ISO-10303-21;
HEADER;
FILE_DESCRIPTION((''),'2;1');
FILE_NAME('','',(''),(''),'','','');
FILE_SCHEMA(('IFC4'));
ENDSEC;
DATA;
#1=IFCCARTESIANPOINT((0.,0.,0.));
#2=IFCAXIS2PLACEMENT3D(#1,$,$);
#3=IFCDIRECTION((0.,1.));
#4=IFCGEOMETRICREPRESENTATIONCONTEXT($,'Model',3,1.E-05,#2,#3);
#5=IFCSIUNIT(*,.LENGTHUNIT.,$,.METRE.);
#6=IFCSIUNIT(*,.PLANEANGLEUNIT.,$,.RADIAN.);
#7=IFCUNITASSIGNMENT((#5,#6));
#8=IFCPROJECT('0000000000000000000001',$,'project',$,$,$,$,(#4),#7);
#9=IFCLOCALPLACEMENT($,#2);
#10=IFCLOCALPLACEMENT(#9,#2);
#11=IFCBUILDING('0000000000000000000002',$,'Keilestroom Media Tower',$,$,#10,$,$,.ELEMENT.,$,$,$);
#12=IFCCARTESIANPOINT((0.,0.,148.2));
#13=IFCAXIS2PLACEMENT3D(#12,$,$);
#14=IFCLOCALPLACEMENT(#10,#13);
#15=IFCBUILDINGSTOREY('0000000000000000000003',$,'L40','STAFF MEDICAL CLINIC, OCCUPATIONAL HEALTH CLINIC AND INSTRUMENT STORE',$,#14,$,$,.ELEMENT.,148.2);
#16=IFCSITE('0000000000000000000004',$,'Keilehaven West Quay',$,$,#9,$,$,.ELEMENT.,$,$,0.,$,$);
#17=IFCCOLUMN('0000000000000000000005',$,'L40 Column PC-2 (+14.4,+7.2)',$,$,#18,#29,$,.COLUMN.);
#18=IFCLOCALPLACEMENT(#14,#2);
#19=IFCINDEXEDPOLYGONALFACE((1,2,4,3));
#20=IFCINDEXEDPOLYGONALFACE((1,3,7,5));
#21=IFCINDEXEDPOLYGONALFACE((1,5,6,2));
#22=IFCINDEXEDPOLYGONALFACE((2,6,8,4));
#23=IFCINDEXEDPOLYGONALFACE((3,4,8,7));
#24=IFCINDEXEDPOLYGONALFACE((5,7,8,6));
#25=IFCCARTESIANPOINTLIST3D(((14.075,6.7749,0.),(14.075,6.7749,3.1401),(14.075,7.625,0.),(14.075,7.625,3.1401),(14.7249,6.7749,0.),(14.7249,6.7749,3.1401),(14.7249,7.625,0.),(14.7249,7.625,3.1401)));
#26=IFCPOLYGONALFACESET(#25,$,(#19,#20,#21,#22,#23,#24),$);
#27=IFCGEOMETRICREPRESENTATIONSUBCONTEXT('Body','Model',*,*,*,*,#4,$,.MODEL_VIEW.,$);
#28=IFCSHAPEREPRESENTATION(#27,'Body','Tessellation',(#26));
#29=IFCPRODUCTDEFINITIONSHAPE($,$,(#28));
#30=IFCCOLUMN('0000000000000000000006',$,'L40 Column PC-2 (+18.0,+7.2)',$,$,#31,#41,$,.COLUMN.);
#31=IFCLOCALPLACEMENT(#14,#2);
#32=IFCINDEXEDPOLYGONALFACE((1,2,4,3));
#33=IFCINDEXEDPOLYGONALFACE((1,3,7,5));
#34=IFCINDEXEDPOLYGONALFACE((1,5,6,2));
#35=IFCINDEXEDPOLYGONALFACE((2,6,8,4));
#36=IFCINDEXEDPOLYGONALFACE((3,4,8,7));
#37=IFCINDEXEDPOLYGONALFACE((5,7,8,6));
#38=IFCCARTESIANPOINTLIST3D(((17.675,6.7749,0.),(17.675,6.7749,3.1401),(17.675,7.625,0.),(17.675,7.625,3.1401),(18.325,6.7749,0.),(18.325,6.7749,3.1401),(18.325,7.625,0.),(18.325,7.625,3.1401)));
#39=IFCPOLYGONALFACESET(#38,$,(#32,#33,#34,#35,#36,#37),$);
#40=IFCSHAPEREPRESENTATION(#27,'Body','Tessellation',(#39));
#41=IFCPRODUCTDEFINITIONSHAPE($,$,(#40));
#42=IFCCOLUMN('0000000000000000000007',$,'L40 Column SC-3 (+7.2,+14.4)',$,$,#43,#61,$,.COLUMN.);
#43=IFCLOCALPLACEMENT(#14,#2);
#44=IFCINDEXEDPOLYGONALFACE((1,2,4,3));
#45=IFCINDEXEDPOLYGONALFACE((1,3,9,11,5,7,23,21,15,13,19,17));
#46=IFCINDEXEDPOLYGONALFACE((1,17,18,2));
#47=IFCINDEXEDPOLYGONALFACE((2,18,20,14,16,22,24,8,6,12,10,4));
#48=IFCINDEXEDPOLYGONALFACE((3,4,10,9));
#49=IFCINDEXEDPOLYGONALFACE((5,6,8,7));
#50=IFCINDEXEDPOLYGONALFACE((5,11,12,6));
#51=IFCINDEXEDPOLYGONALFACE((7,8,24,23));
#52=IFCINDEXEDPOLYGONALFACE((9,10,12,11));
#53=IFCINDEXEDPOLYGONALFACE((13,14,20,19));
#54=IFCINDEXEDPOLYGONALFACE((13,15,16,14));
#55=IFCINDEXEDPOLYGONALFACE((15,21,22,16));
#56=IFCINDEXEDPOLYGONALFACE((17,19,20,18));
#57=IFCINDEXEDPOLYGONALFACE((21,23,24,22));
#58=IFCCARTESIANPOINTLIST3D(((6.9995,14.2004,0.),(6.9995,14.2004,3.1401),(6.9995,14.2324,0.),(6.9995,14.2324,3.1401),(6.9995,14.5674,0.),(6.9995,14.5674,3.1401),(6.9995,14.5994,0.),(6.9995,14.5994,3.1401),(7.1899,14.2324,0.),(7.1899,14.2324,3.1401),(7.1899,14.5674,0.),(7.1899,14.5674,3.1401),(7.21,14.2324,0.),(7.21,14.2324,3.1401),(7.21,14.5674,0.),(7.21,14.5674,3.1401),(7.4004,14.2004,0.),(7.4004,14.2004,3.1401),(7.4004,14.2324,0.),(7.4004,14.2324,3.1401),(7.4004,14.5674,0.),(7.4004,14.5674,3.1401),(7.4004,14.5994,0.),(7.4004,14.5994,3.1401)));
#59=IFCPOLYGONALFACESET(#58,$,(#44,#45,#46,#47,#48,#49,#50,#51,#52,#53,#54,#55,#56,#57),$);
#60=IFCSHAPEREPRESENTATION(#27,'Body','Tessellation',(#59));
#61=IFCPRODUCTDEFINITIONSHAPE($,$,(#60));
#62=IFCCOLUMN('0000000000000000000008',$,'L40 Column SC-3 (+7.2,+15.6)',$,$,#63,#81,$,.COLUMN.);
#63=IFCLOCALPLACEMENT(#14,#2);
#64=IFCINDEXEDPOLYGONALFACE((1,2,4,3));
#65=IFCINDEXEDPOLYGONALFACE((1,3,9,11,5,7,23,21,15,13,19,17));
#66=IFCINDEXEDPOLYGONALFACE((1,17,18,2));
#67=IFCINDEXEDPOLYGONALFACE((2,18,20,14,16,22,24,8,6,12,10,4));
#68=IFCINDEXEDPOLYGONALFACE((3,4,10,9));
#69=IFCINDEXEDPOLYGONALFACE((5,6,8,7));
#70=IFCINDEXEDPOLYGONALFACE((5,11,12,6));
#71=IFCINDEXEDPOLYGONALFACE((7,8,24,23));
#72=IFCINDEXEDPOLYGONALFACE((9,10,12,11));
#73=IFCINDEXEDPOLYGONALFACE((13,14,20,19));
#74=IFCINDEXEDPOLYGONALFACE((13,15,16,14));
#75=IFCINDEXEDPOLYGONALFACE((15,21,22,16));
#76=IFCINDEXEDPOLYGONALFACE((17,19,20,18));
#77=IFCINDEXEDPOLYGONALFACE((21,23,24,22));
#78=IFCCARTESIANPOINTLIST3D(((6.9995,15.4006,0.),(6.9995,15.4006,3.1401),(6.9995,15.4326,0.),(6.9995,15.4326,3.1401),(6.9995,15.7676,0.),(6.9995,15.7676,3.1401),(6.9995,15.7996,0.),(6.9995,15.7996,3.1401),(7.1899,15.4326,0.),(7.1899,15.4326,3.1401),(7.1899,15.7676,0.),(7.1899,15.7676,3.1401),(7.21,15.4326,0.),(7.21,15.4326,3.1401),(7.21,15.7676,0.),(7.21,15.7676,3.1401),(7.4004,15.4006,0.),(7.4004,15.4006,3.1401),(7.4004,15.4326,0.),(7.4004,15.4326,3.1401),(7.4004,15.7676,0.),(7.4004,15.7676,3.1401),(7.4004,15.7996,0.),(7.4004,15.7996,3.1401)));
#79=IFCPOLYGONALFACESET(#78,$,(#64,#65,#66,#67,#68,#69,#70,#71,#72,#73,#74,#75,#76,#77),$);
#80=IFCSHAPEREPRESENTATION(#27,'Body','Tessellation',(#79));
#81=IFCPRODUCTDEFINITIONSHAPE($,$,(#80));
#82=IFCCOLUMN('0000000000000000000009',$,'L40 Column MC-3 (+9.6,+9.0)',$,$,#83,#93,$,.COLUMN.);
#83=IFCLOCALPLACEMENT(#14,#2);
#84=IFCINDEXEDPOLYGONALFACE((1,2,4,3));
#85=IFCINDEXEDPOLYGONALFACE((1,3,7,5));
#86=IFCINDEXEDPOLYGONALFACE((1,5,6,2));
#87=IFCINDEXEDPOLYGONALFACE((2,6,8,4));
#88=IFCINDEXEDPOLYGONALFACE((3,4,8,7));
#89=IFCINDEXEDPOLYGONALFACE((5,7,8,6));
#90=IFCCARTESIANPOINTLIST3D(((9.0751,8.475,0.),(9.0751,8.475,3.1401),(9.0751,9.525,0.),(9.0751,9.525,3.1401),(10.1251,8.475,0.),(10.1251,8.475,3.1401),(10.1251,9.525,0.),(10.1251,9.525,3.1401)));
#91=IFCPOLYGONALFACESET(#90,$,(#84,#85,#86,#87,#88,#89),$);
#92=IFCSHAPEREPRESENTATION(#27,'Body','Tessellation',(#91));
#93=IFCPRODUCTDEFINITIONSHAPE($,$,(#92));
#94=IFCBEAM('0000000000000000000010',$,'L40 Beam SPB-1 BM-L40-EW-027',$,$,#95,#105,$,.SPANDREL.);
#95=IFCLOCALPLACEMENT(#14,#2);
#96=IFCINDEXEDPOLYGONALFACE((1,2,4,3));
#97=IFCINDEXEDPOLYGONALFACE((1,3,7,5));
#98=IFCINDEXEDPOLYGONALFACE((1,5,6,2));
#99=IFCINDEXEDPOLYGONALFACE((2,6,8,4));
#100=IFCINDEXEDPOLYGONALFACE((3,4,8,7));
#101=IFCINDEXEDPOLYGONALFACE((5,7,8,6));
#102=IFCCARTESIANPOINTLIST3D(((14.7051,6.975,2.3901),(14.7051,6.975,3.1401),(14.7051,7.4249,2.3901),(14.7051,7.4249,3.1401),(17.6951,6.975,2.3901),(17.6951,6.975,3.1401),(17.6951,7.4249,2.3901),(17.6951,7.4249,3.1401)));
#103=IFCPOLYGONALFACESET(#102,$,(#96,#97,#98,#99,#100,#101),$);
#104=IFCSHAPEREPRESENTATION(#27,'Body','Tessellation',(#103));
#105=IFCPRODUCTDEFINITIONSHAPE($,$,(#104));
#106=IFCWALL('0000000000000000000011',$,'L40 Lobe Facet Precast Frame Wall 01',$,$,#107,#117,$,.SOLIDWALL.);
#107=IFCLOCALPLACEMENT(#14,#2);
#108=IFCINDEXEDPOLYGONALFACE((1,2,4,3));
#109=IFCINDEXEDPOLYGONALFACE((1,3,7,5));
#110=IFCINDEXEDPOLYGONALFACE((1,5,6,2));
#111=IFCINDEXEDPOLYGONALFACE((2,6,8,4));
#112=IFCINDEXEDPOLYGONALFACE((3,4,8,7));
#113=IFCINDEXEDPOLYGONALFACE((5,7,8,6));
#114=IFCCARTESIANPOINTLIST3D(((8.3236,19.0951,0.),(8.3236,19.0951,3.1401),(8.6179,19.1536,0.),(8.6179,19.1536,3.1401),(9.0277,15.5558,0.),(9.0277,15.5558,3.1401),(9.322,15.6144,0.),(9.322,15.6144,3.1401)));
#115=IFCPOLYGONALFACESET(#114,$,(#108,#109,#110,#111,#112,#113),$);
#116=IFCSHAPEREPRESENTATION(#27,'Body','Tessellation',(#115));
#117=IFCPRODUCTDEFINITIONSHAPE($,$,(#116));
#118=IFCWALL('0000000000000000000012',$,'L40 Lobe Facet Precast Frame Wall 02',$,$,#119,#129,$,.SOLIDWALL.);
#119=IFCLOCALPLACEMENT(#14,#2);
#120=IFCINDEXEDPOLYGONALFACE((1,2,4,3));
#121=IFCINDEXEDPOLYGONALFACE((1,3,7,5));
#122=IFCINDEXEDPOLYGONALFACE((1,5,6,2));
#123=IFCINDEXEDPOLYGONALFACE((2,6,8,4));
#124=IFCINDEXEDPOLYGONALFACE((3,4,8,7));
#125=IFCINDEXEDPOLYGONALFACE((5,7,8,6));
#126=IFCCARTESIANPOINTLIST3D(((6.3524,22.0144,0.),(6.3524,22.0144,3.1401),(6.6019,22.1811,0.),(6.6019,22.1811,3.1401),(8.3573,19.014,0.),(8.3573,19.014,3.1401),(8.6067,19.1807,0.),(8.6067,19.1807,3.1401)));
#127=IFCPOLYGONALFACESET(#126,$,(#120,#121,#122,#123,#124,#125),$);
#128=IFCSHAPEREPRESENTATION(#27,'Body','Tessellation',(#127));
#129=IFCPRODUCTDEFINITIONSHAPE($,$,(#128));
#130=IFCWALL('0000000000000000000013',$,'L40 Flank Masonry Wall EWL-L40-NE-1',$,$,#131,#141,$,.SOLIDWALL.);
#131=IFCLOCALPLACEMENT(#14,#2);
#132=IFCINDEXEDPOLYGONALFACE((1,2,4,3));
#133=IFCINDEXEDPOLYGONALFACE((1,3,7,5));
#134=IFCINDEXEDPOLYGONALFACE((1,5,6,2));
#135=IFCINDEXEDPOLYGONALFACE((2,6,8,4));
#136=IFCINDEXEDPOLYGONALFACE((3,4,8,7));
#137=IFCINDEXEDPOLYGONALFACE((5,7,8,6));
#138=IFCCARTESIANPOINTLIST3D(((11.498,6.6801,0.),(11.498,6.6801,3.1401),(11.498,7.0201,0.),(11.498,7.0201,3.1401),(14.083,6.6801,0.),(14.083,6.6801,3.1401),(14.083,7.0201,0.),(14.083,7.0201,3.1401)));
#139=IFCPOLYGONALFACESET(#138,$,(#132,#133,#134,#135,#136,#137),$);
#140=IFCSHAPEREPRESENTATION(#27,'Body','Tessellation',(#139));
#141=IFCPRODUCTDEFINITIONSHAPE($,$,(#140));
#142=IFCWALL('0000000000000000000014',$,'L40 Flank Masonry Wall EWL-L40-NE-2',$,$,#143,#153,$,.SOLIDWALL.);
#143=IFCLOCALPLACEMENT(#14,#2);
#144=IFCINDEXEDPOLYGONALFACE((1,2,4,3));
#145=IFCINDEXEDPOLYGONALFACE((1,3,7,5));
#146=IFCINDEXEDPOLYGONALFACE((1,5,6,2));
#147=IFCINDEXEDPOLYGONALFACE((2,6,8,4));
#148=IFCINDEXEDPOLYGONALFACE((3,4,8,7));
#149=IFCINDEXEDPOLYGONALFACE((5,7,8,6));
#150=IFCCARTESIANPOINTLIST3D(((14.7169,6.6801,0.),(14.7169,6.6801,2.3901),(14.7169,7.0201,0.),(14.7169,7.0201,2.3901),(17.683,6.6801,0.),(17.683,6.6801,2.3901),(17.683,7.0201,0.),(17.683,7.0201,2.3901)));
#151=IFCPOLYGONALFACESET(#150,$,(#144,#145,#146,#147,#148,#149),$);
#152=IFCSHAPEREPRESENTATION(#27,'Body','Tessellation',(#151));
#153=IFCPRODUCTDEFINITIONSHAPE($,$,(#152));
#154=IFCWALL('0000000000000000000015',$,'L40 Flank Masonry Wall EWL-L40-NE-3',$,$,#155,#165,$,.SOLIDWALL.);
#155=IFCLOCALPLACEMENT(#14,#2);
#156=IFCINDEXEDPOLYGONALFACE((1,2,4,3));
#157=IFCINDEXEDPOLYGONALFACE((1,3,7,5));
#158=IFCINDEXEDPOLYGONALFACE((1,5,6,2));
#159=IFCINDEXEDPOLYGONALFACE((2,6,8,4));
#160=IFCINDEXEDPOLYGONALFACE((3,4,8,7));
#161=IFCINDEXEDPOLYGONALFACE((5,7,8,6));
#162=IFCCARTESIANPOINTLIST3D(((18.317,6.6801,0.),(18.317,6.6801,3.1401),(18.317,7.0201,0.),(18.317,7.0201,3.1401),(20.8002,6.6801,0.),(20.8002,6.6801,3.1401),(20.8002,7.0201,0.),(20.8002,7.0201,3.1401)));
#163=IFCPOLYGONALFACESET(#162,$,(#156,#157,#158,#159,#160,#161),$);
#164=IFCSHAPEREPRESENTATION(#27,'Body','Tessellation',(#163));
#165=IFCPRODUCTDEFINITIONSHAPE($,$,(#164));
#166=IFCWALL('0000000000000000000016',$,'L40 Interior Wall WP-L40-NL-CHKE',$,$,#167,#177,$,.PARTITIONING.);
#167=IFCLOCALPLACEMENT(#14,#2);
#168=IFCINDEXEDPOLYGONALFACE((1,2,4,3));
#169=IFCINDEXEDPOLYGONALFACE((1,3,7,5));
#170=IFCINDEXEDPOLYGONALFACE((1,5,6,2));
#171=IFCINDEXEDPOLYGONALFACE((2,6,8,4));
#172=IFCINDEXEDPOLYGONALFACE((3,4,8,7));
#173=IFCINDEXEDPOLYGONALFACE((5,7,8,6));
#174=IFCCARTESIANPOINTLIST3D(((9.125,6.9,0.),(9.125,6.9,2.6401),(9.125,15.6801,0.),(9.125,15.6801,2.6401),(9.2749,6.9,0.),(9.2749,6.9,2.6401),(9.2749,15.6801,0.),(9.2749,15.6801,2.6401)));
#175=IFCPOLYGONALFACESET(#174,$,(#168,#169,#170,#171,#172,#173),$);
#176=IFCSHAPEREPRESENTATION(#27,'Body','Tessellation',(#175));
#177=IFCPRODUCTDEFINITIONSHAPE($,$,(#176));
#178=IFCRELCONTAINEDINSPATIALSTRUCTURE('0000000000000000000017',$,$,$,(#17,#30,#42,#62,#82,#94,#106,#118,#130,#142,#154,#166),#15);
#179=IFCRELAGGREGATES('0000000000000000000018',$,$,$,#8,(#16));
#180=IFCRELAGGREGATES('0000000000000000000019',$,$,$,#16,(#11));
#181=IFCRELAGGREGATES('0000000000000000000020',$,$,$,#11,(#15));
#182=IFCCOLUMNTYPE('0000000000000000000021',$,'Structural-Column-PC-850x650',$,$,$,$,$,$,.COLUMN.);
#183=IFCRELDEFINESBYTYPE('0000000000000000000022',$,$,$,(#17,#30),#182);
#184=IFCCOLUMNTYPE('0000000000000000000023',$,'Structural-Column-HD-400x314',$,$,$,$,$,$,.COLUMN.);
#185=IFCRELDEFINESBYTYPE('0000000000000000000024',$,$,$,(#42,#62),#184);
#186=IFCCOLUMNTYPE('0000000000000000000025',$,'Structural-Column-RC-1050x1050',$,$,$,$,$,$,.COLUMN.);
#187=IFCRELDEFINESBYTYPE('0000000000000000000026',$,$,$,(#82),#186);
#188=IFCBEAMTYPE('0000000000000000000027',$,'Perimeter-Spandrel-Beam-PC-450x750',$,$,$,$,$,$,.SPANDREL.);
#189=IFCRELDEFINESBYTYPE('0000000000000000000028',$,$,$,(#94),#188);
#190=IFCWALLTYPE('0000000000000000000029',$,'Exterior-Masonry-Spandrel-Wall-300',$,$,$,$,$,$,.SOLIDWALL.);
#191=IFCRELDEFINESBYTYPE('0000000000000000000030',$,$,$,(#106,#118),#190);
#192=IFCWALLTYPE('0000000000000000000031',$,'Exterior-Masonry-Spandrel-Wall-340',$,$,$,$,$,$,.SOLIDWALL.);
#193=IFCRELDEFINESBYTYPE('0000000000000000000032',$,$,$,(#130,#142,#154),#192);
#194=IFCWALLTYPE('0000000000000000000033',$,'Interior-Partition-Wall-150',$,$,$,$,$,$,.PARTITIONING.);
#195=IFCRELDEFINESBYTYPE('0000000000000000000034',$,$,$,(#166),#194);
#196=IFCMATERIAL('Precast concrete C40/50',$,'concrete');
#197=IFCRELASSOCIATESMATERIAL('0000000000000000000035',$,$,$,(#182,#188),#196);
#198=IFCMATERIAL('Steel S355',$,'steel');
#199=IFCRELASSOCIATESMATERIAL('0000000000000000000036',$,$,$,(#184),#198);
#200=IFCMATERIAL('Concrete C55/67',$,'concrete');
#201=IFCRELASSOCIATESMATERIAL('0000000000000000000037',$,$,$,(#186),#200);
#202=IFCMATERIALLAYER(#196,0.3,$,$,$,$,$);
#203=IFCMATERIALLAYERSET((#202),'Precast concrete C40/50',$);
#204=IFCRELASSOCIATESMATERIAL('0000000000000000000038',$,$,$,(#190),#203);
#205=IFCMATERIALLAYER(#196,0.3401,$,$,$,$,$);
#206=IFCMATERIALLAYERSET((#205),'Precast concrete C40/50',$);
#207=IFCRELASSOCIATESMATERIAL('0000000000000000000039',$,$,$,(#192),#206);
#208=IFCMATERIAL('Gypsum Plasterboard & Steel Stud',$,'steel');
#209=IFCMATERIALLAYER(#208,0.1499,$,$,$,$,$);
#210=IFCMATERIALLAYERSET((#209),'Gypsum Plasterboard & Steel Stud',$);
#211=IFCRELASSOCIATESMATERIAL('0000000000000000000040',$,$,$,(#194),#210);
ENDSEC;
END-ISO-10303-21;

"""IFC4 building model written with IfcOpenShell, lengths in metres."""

from ifc_helpers import new_model, si_unit, direction, frame, frame_2d, origin, origin_2d, place, context, subcontext, project, spatial, rectangle, i_section, extrude, source, transform, mapped, material, layer, layer_set, material_profile, profile_set, type_object, element, save


model = new_model("IFC4")

# Units and contexts
model_context = context("Model", 3, precision=1e-05, world=origin(), true_north=direction((0.0, 1.0)))
body_context = subcontext(model_context, "Body", "Model", "MODEL_VIEW")
ifc_project = project(units=[si_unit("LENGTHUNIT", "METRE"), si_unit("PLANEANGLEUNIT", "RADIAN")], contexts=[model_context])

# Site, building, storey
site_placement = place(None, origin())
site = spatial("IfcSite", under=ifc_project, at=site_placement, Name="Keilehaven West Quay", CompositionType="ELEMENT", RefElevation=0.0)
building_placement = place(site_placement, origin())
building = spatial("IfcBuilding", under=site, at=building_placement, Name="Keilestroom Media Tower", CompositionType="ELEMENT")
storey_placement = place(building_placement, frame((0.0, 0.0, 148.2)))
storey = spatial("IfcBuildingStorey", under=building, at=storey_placement, Name="L40", Description="STAFF MEDICAL CLINIC, OCCUPATIONAL HEALTH CLINIC AND INSTRUMENT STORE", CompositionType="ELEMENT", Elevation=148.2)

# Columns
ifc_material_1 = material(Name="Precast concrete C40/50", Category="concrete")
ifc_material_profile_1 = material_profile(ifc_material_1, rectangle(XDim=0.6499, YDim=0.8501, at=origin_2d()), Name="PC 850x650")
ifc_profile_set_1 = profile_set([ifc_material_profile_1], Name="Precast concrete C40/50")
column_type_1 = type_object("IfcColumnType", Name="Structural-Column-PC-850x650", PredefinedType="COLUMN", material=ifc_profile_set_1)
shared_shape_1 = source(origin(), body_context, "Body", "SweptSolid", [
    extrude(rectangle(XDim=0.6499, YDim=0.8501, at=origin_2d()), origin(), (0.0, 0.0, 1.0), 3.1401),
])
for number, where, z_axis, x_axis, name in (
    (1, (14.3999, 7.2, 0.0), (0.0, 0.0, 1.0), (1.0, 0.0, 0.0), "L40 Column PC-2 (+14.4,+7.2)"),
    (2, (18.0, 7.2, 0.0), (0.0, 0.0, 1.0), (1.0, 0.0, 0.0), "L40 Column PC-2 (+18.0,+7.2)"),
):
    element("IfcColumn", number, at=place(storey_placement, frame(where, z_axis=z_axis, x_axis=x_axis)), inside=storey, type_object=column_type_1, Name=name, PredefinedType="COLUMN", context=body_context, shape_type="MappedRepresentation", body=[
        mapped(shared_shape_1, transform((0.0, 0.0, 0.0), x_axis=(1.0, 0.0, 0.0), y_axis=(0.0, 1.0, 0.0), z_axis=(0.0, 0.0, 1.0), scale=1.0)),
    ])
ifc_material_2 = material(Name="Steel S355", Category="steel")
ifc_material_profile_2 = material_profile(ifc_material_2, i_section(OverallWidth=0.4009, OverallDepth=0.3989, WebThickness=0.02, FlangeThickness=0.032, at=origin_2d()), Name="HD 400x314")
ifc_profile_set_2 = profile_set([ifc_material_profile_2], Name="Steel S355")
column_type_2 = type_object("IfcColumnType", Name="Structural-Column-HD-400x314", PredefinedType="COLUMN", material=ifc_profile_set_2)
shared_shape_2 = source(origin(), body_context, "Body", "SweptSolid", [
    extrude(i_section(OverallWidth=0.4009, OverallDepth=0.3989, WebThickness=0.02, FlangeThickness=0.032, at=origin_2d()), origin(), (0.0, 0.0, 1.0), 3.1401),
])
for number, where, z_axis, x_axis, name in (
    (3, (7.2, 14.3999, 0.0), (0.0, 0.0, 1.0), (1.0, 0.0, 0.0), "L40 Column SC-3 (+7.2,+14.4)"),
    (4, (7.2, 15.6001, 0.0), (0.0, 0.0, 1.0), (1.0, 0.0, 0.0), "L40 Column SC-3 (+7.2,+15.6)"),
):
    element("IfcColumn", number, at=place(storey_placement, frame(where, z_axis=z_axis, x_axis=x_axis)), inside=storey, type_object=column_type_2, Name=name, PredefinedType="COLUMN", context=body_context, shape_type="MappedRepresentation", body=[
        mapped(shared_shape_2, transform((0.0, 0.0, 0.0), x_axis=(1.0, 0.0, 0.0), y_axis=(0.0, 1.0, 0.0), z_axis=(0.0, 0.0, 1.0), scale=1.0)),
    ])
ifc_material_3 = material(Name="Concrete C55/67", Category="concrete")
ifc_material_profile_3 = material_profile(ifc_material_3, rectangle(XDim=1.05, YDim=1.05, at=origin_2d()), Name="RC 1050x1050")
ifc_profile_set_3 = profile_set([ifc_material_profile_3], Name="Concrete C55/67")
column_type_3 = type_object("IfcColumnType", Name="Structural-Column-RC-1050x1050", PredefinedType="COLUMN", material=ifc_profile_set_3)
shared_shape_3 = source(origin(), body_context, "Body", "SweptSolid", [
    extrude(rectangle(XDim=1.05, YDim=1.05, at=origin_2d()), origin(), (0.0, 0.0, 1.0), 3.1401),
])
column_placement = place(storey_placement, frame((9.6001, 9.0, 0.0), z_axis=(0.0, 0.0, 1.0), x_axis=(1.0, 0.0, 0.0)))
element("IfcColumn", 5, at=column_placement, inside=storey, type_object=column_type_3, Name="L40 Column MC-3 (+9.6,+9.0)", PredefinedType="COLUMN", context=body_context, shape_type="MappedRepresentation", body=[
    mapped(shared_shape_3, transform((0.0, 0.0, 0.0), x_axis=(1.0, 0.0, 0.0), y_axis=(0.0, 1.0, 0.0), z_axis=(0.0, 0.0, 1.0), scale=1.0)),
])

# Beam
ifc_material_profile_4 = material_profile(ifc_material_1, rectangle(XDim=0.45, YDim=0.75, at=origin_2d()), Name="PC 450x750")
ifc_profile_set_4 = profile_set([ifc_material_profile_4], Name="Precast concrete C40/50")
beam_type = type_object("IfcBeamType", Name="Perimeter-Spandrel-Beam-PC-450x750", PredefinedType="SPANDREL", material=ifc_profile_set_4)
shared_shape_4 = source(origin(), body_context, "Body", "SweptSolid", [
    extrude(rectangle(XDim=0.45, YDim=0.75, at=origin_2d()), origin(), (0.0, 0.0, 1.0), 2.99),
])
beam_placement = place(storey_placement, frame((14.7051, 7.2, 2.7651), z_axis=(1.0, 0.0, 0.0), x_axis=(0.0, 1.0, 0.0)))
element("IfcBeam", 6, at=beam_placement, inside=storey, type_object=beam_type, Name="L40 Beam SPB-1 BM-L40-EW-027", PredefinedType="SPANDREL", context=body_context, shape_type="MappedRepresentation", body=[
    mapped(shared_shape_4, transform((0.0, 0.0, 0.0), x_axis=(1.0, 0.0, 0.0), y_axis=(0.0, 1.0, 0.0), z_axis=(0.0, 0.0, 1.0), scale=1.0)),
])

# Walls
ifc_layer_1 = layer(ifc_material_1, 0.3)
ifc_layer_set_1 = layer_set([ifc_layer_1], Name="Precast concrete C40/50")
wall_type_1 = type_object("IfcWallType", Name="Exterior-Masonry-Spandrel-Wall-300", PredefinedType="SOLIDWALL", material=ifc_layer_set_1)
for number, where, z_axis, x_axis, name in (
    (7, (9.1748, 15.5852, 0.0), (0.0, 0.0, 1.0), (-0.195114, 0.980781, 0.0), "L40 Lobe Facet Precast Frame Wall 01"),
    (8, (8.4819, 19.0974, 0.0), (0.0, 0.0, 1.0), (-0.555574, 0.831467, 0.0), "L40 Lobe Facet Precast Frame Wall 02"),
):
    element("IfcWall", number, at=place(storey_placement, frame(where, z_axis=z_axis, x_axis=x_axis)), inside=storey, type_object=wall_type_1, Name=name, PredefinedType="SOLIDWALL", context=body_context, shape_type="SweptSolid", body=[
        extrude(rectangle(XDim=3.6086, YDim=0.3, at=frame_2d((1.8042, 0.0))), origin(), (0.0, 0.0, 1.0), 3.1401),
    ])
ifc_layer_2 = layer(ifc_material_1, 0.3401)
ifc_layer_set_2 = layer_set([ifc_layer_2], Name="Precast concrete C40/50")
wall_type_2 = type_object("IfcWallType", Name="Exterior-Masonry-Spandrel-Wall-340", PredefinedType="SOLIDWALL", material=ifc_layer_set_2)
wall_1_placement = place(storey_placement, frame((11.498, 6.8501, 0.0), z_axis=(0.0, 0.0, 1.0), x_axis=(1.0, 0.0, 0.0)))
element("IfcWall", 9, at=wall_1_placement, inside=storey, type_object=wall_type_2, Name="L40 Flank Masonry Wall EWL-L40-NE-1", PredefinedType="SOLIDWALL", context=body_context, shape_type="SweptSolid", body=[
    extrude(rectangle(XDim=2.585, YDim=0.3401, at=frame_2d((1.2925, 0.0))), origin(), (0.0, 0.0, 1.0), 3.1401),
])
wall_2_placement = place(storey_placement, frame((14.717, 6.8501, 0.0), z_axis=(0.0, 0.0, 1.0), x_axis=(1.0, 0.0, 0.0)))
element("IfcWall", 10, at=wall_2_placement, inside=storey, type_object=wall_type_2, Name="L40 Flank Masonry Wall EWL-L40-NE-2", PredefinedType="SOLIDWALL", context=body_context, shape_type="SweptSolid", body=[
    extrude(rectangle(XDim=2.9661, YDim=0.3401, at=frame_2d((1.4829, 0.0))), origin(), (0.0, 0.0, 1.0), 2.3901),
])
wall_3_placement = place(storey_placement, frame((18.3169, 6.8501, 0.0), z_axis=(0.0, 0.0, 1.0), x_axis=(1.0, 0.0, 0.0)))
element("IfcWall", 11, at=wall_3_placement, inside=storey, type_object=wall_type_2, Name="L40 Flank Masonry Wall EWL-L40-NE-3", PredefinedType="SOLIDWALL", context=body_context, shape_type="SweptSolid", body=[
    extrude(rectangle(XDim=2.4832, YDim=0.3401, at=frame_2d((1.2417, 0.0))), origin(), (0.0, 0.0, 1.0), 3.1401),
])
ifc_material_4 = material(Name="Gypsum Plasterboard & Steel Stud", Category="steel")
ifc_layer_3 = layer(ifc_material_4, 0.1499)
ifc_layer_set_3 = layer_set([ifc_layer_3], Name="Gypsum Plasterboard & Steel Stud")
wall_type_3 = type_object("IfcWallType", Name="Interior-Partition-Wall-150", PredefinedType="PARTITIONING", material=ifc_layer_set_3)
wall_4_placement = place(storey_placement, frame((9.2, 6.8999, 0.0), z_axis=(0.0, 0.0, 1.0), x_axis=(0.0, 1.0, 0.0)))
element("IfcWall", 12, at=wall_4_placement, inside=storey, type_object=wall_type_3, Name="L40 Interior Wall WP-L40-NL-CHKE", PredefinedType="PARTITIONING", context=body_context, shape_type="SweptSolid", body=[
    extrude(rectangle(XDim=8.78, YDim=0.1499, at=frame_2d((4.3901, 0.0))), origin(), (0.0, 0.0, 1.0), 2.6401),
])

save(model, "model.ifc")
